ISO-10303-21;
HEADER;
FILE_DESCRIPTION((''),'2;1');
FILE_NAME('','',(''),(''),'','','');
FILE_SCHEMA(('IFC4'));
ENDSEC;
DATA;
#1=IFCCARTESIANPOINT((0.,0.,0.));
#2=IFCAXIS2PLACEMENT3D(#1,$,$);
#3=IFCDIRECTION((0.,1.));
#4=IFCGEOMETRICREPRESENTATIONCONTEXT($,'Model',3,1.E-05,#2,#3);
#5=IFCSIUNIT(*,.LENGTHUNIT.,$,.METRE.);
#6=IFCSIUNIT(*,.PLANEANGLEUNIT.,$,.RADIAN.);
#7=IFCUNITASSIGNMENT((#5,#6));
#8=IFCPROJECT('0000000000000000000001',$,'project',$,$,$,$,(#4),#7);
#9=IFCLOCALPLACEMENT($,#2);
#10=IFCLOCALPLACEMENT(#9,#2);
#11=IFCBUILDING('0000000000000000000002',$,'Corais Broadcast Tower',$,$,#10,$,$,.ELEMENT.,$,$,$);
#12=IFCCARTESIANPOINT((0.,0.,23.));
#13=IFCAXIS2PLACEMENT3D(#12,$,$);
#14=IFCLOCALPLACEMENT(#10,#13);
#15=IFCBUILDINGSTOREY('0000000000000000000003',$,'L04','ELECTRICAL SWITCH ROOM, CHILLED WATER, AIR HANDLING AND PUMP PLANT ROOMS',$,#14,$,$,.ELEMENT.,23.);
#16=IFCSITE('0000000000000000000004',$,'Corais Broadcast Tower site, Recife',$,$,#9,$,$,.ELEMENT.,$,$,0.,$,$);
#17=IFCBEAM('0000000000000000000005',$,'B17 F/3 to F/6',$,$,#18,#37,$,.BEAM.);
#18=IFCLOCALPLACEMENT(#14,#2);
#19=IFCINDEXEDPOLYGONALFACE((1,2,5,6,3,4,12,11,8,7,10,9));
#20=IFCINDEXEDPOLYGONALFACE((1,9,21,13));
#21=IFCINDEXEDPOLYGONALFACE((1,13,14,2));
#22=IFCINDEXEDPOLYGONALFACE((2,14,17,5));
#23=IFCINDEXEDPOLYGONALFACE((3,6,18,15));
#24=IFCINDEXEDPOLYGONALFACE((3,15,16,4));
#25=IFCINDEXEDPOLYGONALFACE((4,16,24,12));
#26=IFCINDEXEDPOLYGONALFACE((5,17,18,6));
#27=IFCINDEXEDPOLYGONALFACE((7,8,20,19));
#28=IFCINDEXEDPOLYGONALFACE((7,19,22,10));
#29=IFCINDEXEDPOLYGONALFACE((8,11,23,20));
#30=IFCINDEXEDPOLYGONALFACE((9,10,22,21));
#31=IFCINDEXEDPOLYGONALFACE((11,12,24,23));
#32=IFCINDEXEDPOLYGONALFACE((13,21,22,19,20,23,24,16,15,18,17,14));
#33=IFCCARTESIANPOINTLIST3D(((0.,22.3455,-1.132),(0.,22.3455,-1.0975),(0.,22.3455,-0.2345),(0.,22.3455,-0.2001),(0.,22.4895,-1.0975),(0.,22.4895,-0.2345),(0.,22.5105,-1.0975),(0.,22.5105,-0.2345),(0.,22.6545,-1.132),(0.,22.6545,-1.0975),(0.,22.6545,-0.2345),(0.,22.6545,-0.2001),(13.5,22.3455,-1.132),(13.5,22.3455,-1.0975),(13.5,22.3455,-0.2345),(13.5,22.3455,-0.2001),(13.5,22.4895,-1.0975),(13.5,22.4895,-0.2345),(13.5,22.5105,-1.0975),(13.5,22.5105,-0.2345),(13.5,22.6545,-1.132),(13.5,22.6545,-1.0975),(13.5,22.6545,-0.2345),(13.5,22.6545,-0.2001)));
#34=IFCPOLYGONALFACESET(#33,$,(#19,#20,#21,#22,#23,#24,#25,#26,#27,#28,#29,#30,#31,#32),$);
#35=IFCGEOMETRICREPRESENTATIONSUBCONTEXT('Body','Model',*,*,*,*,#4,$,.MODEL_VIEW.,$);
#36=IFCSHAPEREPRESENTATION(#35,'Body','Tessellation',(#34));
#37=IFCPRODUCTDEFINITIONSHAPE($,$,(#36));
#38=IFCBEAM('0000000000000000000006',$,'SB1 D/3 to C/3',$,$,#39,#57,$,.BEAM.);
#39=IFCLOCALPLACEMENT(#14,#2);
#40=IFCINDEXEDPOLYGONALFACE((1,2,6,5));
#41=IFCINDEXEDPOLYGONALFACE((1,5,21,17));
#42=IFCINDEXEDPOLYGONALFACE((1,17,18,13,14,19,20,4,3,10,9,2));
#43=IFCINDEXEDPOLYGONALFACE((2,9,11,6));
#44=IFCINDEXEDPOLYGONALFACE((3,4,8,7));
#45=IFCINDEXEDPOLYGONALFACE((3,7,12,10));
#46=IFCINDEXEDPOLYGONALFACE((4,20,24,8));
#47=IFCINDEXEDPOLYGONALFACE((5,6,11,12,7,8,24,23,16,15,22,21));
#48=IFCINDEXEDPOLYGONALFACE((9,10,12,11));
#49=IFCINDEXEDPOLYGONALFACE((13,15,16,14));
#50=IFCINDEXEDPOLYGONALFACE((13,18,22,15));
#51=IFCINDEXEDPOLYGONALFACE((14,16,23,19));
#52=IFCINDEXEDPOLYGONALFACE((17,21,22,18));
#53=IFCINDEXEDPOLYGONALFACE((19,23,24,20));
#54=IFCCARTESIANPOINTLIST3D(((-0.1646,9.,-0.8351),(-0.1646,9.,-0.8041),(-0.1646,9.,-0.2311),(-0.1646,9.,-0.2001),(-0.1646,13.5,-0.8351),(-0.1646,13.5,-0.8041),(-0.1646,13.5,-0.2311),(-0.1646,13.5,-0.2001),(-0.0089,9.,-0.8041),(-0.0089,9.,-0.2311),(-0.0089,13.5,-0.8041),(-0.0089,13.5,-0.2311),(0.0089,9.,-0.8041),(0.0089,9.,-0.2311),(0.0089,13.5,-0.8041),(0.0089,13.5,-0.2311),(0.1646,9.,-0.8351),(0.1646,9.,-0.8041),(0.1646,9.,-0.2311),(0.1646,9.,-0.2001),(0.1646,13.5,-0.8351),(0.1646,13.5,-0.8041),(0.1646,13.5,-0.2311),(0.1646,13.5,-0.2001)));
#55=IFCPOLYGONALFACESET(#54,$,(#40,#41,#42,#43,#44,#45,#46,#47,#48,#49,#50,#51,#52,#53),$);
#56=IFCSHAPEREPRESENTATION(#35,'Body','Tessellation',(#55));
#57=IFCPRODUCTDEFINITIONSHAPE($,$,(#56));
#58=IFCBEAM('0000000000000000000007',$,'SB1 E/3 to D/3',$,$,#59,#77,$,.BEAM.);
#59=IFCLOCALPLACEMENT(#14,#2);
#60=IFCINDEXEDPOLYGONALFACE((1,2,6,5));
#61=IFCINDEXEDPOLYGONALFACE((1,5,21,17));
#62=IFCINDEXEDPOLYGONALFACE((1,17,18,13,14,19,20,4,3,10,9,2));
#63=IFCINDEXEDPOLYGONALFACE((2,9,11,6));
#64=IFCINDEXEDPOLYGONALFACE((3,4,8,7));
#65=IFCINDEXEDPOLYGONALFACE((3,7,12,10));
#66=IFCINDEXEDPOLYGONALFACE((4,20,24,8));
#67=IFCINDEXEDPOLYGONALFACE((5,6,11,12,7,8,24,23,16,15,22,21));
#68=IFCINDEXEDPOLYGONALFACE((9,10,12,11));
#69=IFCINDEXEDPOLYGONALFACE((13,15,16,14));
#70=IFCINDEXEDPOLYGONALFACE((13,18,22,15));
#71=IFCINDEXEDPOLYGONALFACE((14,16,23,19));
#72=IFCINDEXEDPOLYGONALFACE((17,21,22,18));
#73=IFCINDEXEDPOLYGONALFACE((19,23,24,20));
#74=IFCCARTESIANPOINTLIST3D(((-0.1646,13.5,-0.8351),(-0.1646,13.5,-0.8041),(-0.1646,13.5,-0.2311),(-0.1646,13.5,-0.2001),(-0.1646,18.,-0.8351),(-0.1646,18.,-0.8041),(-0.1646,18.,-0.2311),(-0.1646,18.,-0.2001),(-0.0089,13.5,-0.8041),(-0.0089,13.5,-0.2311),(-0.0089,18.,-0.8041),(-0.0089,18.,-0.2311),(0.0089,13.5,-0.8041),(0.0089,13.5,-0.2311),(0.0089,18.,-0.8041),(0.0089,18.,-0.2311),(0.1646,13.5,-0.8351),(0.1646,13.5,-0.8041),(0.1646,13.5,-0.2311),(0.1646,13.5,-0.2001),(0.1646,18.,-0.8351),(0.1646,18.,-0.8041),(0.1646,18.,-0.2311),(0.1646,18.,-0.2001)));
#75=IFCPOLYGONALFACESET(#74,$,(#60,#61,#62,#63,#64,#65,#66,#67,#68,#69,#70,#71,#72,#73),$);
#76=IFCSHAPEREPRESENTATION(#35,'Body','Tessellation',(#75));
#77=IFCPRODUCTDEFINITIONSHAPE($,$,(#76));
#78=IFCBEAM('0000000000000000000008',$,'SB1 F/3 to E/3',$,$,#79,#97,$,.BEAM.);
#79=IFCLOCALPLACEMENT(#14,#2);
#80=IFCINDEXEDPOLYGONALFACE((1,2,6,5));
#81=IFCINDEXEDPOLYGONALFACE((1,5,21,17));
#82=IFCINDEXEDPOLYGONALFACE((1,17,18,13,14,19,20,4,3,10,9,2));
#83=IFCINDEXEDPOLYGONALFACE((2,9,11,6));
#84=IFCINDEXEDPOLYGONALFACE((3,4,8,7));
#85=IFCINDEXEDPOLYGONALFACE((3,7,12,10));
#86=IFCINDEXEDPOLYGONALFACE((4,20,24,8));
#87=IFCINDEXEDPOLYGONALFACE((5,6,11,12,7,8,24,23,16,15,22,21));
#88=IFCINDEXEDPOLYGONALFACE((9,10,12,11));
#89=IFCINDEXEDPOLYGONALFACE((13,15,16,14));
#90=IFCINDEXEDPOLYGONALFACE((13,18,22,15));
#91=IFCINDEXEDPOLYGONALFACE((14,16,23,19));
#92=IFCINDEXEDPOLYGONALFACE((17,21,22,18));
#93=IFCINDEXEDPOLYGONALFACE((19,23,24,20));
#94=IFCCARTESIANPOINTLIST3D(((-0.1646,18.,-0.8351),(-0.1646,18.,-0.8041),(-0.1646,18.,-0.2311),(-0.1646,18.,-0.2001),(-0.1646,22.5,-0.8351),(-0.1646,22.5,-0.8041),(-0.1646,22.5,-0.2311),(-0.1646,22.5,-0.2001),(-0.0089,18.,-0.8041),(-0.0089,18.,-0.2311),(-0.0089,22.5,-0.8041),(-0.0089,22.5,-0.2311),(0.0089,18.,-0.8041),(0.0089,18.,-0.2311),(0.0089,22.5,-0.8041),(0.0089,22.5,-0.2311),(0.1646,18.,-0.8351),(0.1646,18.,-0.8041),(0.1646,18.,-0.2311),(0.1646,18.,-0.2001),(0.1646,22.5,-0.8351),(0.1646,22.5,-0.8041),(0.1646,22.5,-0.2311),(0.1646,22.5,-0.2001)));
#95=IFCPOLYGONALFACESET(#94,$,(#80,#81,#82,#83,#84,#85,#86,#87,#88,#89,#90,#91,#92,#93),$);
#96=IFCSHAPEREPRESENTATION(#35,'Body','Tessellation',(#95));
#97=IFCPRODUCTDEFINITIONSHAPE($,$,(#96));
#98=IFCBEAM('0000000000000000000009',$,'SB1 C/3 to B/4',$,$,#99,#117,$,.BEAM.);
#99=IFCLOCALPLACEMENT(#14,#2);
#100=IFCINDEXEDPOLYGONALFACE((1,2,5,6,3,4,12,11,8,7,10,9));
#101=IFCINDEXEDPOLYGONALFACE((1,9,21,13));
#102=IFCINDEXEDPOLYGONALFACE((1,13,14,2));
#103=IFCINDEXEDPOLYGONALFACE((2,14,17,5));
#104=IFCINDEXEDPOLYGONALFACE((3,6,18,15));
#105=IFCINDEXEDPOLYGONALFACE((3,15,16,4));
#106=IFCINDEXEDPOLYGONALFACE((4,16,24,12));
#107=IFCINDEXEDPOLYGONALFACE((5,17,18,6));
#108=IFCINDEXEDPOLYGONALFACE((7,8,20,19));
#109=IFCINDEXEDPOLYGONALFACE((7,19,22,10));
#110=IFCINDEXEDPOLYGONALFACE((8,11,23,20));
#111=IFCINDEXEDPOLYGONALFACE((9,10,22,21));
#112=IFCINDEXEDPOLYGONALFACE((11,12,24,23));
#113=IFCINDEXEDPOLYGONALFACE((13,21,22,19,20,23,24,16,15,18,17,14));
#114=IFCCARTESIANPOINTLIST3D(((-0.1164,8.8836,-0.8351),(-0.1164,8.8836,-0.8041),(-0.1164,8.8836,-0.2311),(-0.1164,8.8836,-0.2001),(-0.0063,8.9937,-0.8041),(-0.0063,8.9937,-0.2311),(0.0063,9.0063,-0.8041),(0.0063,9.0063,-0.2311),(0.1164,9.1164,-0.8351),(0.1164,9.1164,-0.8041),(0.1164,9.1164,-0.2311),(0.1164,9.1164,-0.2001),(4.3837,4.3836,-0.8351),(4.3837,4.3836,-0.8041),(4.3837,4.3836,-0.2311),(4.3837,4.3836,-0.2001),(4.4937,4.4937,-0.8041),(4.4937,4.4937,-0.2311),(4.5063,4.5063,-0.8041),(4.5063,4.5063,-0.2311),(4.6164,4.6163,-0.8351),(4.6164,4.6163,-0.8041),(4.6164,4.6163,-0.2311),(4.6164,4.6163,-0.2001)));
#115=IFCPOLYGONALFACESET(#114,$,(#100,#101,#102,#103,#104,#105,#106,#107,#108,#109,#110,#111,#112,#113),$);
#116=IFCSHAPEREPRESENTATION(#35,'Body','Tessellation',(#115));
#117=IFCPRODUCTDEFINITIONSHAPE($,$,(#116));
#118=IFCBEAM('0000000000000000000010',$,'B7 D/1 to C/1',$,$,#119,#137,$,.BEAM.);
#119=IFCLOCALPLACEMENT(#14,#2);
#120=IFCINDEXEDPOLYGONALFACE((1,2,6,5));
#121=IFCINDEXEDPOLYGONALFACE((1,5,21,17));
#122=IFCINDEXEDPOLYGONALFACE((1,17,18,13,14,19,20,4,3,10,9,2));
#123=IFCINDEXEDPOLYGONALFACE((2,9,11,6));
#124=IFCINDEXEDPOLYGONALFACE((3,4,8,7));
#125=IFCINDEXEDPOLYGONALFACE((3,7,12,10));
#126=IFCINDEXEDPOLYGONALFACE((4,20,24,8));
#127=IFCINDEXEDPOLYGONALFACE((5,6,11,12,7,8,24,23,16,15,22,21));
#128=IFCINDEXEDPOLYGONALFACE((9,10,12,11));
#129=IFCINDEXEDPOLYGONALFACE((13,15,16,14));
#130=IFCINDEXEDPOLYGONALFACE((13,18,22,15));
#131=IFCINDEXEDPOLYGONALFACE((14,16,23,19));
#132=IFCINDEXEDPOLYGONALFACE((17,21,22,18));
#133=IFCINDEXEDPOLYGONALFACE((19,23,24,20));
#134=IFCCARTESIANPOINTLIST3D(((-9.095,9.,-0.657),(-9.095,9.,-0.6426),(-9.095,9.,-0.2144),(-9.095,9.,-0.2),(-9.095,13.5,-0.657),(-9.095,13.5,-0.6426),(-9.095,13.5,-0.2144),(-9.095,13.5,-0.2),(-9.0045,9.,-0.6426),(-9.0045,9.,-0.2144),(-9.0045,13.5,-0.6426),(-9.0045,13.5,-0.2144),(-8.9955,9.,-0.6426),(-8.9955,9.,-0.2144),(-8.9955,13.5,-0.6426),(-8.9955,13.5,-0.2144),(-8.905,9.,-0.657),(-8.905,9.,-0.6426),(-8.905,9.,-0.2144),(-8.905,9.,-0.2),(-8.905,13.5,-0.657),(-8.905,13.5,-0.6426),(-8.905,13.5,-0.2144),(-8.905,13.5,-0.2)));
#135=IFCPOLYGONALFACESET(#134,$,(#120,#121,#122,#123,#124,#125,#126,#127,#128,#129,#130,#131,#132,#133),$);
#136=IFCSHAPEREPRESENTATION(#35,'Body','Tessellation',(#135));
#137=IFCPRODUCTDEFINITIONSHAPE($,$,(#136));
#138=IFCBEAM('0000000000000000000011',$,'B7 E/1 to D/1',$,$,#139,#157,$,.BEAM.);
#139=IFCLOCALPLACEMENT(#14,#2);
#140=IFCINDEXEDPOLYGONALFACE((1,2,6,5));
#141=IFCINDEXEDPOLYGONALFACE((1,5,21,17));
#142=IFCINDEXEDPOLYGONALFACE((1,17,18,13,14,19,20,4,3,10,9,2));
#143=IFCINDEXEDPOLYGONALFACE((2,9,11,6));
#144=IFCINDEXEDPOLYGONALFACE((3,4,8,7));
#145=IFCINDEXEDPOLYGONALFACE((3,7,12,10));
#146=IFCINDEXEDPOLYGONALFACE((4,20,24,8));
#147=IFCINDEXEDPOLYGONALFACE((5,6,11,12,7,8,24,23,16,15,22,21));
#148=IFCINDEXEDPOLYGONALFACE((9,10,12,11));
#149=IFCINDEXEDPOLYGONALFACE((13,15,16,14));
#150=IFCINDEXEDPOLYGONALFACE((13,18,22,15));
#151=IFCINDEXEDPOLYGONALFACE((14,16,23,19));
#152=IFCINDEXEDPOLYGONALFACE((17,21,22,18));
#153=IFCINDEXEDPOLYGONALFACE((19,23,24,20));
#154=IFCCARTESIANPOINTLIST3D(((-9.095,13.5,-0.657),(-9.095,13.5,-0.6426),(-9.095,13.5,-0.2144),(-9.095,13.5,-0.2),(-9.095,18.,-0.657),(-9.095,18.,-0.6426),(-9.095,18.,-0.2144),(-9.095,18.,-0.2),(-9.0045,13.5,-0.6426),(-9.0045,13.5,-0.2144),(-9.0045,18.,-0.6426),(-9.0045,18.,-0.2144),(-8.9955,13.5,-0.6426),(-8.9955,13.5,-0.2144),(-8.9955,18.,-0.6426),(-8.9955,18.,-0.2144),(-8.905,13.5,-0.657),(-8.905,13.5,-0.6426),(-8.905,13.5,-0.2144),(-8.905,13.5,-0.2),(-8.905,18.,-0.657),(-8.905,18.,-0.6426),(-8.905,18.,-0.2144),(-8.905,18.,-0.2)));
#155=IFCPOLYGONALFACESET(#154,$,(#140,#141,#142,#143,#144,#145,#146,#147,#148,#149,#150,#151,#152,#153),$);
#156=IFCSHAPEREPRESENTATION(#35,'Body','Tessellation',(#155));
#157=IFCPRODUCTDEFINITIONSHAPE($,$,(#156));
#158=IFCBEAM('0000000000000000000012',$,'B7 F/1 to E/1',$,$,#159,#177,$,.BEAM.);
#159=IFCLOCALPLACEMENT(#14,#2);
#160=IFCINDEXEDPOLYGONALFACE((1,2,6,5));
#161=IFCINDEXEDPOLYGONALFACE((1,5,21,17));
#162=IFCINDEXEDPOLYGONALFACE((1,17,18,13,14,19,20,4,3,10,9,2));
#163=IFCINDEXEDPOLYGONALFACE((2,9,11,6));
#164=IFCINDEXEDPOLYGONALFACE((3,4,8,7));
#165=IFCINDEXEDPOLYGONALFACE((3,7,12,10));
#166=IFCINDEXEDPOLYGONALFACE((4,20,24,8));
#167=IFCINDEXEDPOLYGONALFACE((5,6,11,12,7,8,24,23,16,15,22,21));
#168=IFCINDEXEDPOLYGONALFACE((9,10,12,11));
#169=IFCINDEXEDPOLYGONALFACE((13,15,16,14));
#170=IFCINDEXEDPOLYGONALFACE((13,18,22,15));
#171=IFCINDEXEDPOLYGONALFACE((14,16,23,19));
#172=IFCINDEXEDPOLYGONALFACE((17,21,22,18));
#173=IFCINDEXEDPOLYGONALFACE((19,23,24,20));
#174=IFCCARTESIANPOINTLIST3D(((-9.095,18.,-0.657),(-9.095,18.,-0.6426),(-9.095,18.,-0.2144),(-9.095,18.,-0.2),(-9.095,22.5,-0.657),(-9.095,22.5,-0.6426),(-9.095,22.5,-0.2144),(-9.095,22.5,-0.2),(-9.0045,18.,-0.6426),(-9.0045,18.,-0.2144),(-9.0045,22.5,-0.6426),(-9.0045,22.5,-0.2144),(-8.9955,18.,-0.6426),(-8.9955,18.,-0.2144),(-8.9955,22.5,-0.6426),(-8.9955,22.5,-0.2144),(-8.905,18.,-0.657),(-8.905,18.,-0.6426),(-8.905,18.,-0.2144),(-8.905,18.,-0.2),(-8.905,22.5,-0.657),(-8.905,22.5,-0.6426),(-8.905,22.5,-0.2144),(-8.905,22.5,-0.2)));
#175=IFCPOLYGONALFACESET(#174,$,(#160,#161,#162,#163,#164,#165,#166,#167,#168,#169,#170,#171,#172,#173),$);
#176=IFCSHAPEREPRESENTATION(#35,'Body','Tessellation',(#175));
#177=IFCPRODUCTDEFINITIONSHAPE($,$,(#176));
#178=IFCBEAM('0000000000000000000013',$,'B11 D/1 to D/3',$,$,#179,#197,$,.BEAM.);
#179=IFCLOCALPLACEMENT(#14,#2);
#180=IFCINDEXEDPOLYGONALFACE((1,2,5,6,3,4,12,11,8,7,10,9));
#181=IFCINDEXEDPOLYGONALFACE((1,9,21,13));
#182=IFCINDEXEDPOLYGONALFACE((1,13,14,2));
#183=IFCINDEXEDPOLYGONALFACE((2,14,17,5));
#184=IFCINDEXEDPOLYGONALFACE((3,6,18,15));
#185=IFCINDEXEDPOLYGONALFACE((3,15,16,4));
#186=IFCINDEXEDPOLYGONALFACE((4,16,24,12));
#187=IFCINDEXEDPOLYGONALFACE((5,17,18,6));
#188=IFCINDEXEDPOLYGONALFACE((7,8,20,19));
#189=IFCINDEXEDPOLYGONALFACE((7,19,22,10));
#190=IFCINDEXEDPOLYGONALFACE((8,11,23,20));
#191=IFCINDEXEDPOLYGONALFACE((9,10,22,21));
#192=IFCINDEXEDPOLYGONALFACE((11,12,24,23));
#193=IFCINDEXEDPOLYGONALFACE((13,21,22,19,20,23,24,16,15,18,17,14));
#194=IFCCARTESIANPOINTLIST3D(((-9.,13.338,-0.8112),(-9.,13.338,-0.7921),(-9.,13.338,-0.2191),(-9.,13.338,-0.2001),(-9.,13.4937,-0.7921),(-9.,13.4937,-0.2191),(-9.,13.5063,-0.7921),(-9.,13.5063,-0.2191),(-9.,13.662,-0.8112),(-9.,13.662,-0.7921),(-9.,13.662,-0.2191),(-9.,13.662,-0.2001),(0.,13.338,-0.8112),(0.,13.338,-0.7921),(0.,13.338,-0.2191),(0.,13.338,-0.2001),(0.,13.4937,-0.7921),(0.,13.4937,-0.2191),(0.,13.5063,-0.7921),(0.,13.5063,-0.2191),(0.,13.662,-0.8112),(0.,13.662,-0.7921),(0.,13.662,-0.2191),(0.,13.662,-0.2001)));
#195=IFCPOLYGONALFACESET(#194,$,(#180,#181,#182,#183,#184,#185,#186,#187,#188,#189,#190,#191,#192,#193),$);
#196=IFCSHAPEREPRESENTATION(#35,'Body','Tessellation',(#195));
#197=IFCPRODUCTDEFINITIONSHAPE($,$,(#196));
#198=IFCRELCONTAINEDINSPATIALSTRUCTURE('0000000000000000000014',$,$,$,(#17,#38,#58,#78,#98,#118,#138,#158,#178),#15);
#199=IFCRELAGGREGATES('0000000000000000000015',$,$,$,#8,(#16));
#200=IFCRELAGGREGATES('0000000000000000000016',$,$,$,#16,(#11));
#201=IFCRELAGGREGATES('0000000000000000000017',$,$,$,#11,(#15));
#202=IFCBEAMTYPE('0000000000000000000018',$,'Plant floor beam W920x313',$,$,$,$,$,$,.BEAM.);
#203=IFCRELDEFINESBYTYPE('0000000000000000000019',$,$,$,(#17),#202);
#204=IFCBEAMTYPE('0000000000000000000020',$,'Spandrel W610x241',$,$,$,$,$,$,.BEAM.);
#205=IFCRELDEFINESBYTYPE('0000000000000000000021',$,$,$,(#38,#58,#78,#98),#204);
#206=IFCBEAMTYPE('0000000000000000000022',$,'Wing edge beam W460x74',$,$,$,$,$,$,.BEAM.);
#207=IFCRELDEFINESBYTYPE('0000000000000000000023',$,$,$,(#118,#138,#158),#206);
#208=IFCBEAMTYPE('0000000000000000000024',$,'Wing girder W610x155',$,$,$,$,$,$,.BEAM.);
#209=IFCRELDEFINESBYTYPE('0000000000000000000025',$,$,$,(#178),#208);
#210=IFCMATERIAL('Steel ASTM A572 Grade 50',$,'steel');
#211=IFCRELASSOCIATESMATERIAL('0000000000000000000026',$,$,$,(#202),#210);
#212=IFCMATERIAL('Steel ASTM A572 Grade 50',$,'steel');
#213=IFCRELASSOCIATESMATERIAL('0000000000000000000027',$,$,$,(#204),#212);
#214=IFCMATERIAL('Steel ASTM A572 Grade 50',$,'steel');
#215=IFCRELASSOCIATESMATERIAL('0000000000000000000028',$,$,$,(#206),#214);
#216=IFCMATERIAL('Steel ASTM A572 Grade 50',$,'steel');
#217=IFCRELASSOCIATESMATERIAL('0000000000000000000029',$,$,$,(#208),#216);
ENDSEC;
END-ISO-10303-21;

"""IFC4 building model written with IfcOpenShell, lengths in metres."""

from ifc_helpers import new_model, si_unit, direction, frame, origin, origin_2d, place, context, subcontext, project, spatial, i_section, extrude, material, material_profile, profile_set, type_object, element, save


model = new_model("IFC4")

# Units and contexts
model_context = context("Model", 3, precision=1e-05, world=origin(), true_north=direction((0.0, 1.0)))
body_context = subcontext(model_context, "Body", "Model", "MODEL_VIEW")
ifc_project = project(units=[si_unit("LENGTHUNIT", "METRE"), si_unit("PLANEANGLEUNIT", "RADIAN")], contexts=[model_context])

# Site, building, storey
site_placement = place(None, origin())
site = spatial("IfcSite", under=ifc_project, at=site_placement, Name="Corais Broadcast Tower site, Recife", CompositionType="ELEMENT", RefElevation=0.0)
building_placement = place(site_placement, origin())
building = spatial("IfcBuilding", under=site, at=building_placement, Name="Corais Broadcast Tower", CompositionType="ELEMENT")
storey_placement = place(building_placement, frame((0.0, 0.0, 23.0)))
storey = spatial("IfcBuildingStorey", under=building, at=storey_placement, Name="L04", Description="ELECTRICAL SWITCH ROOM, CHILLED WATER, AIR HANDLING AND PUMP PLANT ROOMS", CompositionType="ELEMENT", Elevation=23.0)

# Beams
ifc_material_1 = material(Name="Steel ASTM A572 Grade 50", Category="steel")
ifc_material_profile_1 = material_profile(ifc_material_1, i_section(OverallWidth=0.3091, OverallDepth=0.9319, WebThickness=0.021, FlangeThickness=0.0344, at=origin_2d()), Name="W920x313")
ifc_profile_set_1 = profile_set([ifc_material_profile_1], Name="Steel ASTM A572 Grade 50")
beam_type_1 = type_object("IfcBeamType", Name="Plant floor beam W920x313", PredefinedType="BEAM", material=ifc_profile_set_1)
beam_1_placement = place(storey_placement, frame((0.0, 22.5, -0.666), z_axis=(1.0, 0.0, 0.0), x_axis=(0.0, 1.0, 0.0)))
element("IfcBeam", 1, at=beam_1_placement, inside=storey, type_object=beam_type_1, Name="B17 F/3 to F/6", PredefinedType="BEAM", context=body_context, shape_type="SweptSolid", body=[
    extrude(i_section(OverallWidth=0.3091, OverallDepth=0.9319, WebThickness=0.021, FlangeThickness=0.0344, at=origin_2d()), origin(), (0.0, 0.0, 1.0), 13.5),
])
ifc_material_2 = material(Name="Steel ASTM A572 Grade 50", Category="steel")
ifc_material_profile_2 = material_profile(ifc_material_2, i_section(OverallWidth=0.3291, OverallDepth=0.635, WebThickness=0.0178, FlangeThickness=0.031, at=origin_2d()), Name="W610x241")
ifc_profile_set_2 = profile_set([ifc_material_profile_2], Name="Steel ASTM A572 Grade 50")
beam_type_2 = type_object("IfcBeamType", Name="Spandrel W610x241", PredefinedType="BEAM", material=ifc_profile_set_2)
for number, where, z_axis, x_axis, name in (
    (2, (0.0, 13.5, -0.5176), (0.0, -1.0, 0.0), (1.0, 0.0, 0.0), "SB1 D/3 to C/3"),
    (3, (0.0, 18.0, -0.5176), (0.0, -1.0, 0.0), (1.0, 0.0, 0.0), "SB1 E/3 to D/3"),
    (4, (0.0, 22.5, -0.5176), (0.0, -1.0, 0.0), (1.0, 0.0, 0.0), "SB1 F/3 to E/3"),
):
    element("IfcBeam", number, at=place(storey_placement, frame(where, z_axis=z_axis, x_axis=x_axis)), inside=storey, type_object=beam_type_2, Name=name, PredefinedType="BEAM", context=body_context, shape_type="SweptSolid", body=[
        extrude(i_section(OverallWidth=0.3291, OverallDepth=0.635, WebThickness=0.0178, FlangeThickness=0.031, at=origin_2d()), origin(), (0.0, 0.0, 1.0), 4.5),
    ])
beam_2_placement = place(storey_placement, frame((0.0, 9.0, -0.5176), z_axis=(0.707107, -0.707107, 0.0), x_axis=(0.707107, 0.707107, 0.0)))
element("IfcBeam", 5, at=beam_2_placement, inside=storey, type_object=beam_type_2, Name="SB1 C/3 to B/4", PredefinedType="BEAM", context=body_context, shape_type="SweptSolid", body=[
    extrude(i_section(OverallWidth=0.3291, OverallDepth=0.635, WebThickness=0.0178, FlangeThickness=0.031, at=origin_2d()), origin(), (0.0, 0.0, 1.0), 6.364),
])
ifc_material_3 = material(Name="Steel ASTM A572 Grade 50", Category="steel")
ifc_material_profile_3 = material_profile(ifc_material_3, i_section(OverallWidth=0.1899, OverallDepth=0.457, WebThickness=0.009, FlangeThickness=0.0144, at=origin_2d()), Name="W460x74")
ifc_profile_set_3 = profile_set([ifc_material_profile_3], Name="Steel ASTM A572 Grade 50")
beam_type_3 = type_object("IfcBeamType", Name="Wing edge beam W460x74", PredefinedType="BEAM", material=ifc_profile_set_3)
for number, where, z_axis, x_axis, name in (
    (6, (-9.0, 13.5, -0.4285), (0.0, -1.0, 0.0), (1.0, 0.0, 0.0), "B7 D/1 to C/1"),
    (7, (-9.0, 18.0, -0.4285), (0.0, -1.0, 0.0), (1.0, 0.0, 0.0), "B7 E/1 to D/1"),
    (8, (-9.0, 22.5, -0.4285), (0.0, -1.0, 0.0), (1.0, 0.0, 0.0), "B7 F/1 to E/1"),
):
    element("IfcBeam", number, at=place(storey_placement, frame(where, z_axis=z_axis, x_axis=x_axis)), inside=storey, type_object=beam_type_3, Name=name, PredefinedType="BEAM", context=body_context, shape_type="SweptSolid", body=[
        extrude(i_section(OverallWidth=0.1899, OverallDepth=0.457, WebThickness=0.009, FlangeThickness=0.0144, at=origin_2d()), origin(), (0.0, 0.0, 1.0), 4.5),
    ])
ifc_material_4 = material(Name="Steel ASTM A572 Grade 50", Category="steel")
ifc_material_profile_4 = material_profile(ifc_material_4, i_section(OverallWidth=0.324, OverallDepth=0.6111, WebThickness=0.0127, FlangeThickness=0.019, at=origin_2d()), Name="W610x155")
ifc_profile_set_4 = profile_set([ifc_material_profile_4], Name="Steel ASTM A572 Grade 50")
beam_type_4 = type_object("IfcBeamType", Name="Wing girder W610x155", PredefinedType="BEAM", material=ifc_profile_set_4)
for number, where, z_axis, x_axis, name in (
    (9, (-9.0, 13.5, -0.5056), (1.0, 0.0, 0.0), (0.0, 1.0, 0.0), "B11 D/1 to D/3"),
):
    element("IfcBeam", number, at=place(storey_placement, frame(where, z_axis=z_axis, x_axis=x_axis)), inside=storey, type_object=beam_type_4, Name=name, PredefinedType="BEAM", context=body_context, shape_type="SweptSolid", body=[
        extrude(i_section(OverallWidth=0.324, OverallDepth=0.6111, WebThickness=0.0127, FlangeThickness=0.019, at=origin_2d()), origin(), (0.0, 0.0, 1.0), 9.0),
    ])

save(model, "model.ifc")
